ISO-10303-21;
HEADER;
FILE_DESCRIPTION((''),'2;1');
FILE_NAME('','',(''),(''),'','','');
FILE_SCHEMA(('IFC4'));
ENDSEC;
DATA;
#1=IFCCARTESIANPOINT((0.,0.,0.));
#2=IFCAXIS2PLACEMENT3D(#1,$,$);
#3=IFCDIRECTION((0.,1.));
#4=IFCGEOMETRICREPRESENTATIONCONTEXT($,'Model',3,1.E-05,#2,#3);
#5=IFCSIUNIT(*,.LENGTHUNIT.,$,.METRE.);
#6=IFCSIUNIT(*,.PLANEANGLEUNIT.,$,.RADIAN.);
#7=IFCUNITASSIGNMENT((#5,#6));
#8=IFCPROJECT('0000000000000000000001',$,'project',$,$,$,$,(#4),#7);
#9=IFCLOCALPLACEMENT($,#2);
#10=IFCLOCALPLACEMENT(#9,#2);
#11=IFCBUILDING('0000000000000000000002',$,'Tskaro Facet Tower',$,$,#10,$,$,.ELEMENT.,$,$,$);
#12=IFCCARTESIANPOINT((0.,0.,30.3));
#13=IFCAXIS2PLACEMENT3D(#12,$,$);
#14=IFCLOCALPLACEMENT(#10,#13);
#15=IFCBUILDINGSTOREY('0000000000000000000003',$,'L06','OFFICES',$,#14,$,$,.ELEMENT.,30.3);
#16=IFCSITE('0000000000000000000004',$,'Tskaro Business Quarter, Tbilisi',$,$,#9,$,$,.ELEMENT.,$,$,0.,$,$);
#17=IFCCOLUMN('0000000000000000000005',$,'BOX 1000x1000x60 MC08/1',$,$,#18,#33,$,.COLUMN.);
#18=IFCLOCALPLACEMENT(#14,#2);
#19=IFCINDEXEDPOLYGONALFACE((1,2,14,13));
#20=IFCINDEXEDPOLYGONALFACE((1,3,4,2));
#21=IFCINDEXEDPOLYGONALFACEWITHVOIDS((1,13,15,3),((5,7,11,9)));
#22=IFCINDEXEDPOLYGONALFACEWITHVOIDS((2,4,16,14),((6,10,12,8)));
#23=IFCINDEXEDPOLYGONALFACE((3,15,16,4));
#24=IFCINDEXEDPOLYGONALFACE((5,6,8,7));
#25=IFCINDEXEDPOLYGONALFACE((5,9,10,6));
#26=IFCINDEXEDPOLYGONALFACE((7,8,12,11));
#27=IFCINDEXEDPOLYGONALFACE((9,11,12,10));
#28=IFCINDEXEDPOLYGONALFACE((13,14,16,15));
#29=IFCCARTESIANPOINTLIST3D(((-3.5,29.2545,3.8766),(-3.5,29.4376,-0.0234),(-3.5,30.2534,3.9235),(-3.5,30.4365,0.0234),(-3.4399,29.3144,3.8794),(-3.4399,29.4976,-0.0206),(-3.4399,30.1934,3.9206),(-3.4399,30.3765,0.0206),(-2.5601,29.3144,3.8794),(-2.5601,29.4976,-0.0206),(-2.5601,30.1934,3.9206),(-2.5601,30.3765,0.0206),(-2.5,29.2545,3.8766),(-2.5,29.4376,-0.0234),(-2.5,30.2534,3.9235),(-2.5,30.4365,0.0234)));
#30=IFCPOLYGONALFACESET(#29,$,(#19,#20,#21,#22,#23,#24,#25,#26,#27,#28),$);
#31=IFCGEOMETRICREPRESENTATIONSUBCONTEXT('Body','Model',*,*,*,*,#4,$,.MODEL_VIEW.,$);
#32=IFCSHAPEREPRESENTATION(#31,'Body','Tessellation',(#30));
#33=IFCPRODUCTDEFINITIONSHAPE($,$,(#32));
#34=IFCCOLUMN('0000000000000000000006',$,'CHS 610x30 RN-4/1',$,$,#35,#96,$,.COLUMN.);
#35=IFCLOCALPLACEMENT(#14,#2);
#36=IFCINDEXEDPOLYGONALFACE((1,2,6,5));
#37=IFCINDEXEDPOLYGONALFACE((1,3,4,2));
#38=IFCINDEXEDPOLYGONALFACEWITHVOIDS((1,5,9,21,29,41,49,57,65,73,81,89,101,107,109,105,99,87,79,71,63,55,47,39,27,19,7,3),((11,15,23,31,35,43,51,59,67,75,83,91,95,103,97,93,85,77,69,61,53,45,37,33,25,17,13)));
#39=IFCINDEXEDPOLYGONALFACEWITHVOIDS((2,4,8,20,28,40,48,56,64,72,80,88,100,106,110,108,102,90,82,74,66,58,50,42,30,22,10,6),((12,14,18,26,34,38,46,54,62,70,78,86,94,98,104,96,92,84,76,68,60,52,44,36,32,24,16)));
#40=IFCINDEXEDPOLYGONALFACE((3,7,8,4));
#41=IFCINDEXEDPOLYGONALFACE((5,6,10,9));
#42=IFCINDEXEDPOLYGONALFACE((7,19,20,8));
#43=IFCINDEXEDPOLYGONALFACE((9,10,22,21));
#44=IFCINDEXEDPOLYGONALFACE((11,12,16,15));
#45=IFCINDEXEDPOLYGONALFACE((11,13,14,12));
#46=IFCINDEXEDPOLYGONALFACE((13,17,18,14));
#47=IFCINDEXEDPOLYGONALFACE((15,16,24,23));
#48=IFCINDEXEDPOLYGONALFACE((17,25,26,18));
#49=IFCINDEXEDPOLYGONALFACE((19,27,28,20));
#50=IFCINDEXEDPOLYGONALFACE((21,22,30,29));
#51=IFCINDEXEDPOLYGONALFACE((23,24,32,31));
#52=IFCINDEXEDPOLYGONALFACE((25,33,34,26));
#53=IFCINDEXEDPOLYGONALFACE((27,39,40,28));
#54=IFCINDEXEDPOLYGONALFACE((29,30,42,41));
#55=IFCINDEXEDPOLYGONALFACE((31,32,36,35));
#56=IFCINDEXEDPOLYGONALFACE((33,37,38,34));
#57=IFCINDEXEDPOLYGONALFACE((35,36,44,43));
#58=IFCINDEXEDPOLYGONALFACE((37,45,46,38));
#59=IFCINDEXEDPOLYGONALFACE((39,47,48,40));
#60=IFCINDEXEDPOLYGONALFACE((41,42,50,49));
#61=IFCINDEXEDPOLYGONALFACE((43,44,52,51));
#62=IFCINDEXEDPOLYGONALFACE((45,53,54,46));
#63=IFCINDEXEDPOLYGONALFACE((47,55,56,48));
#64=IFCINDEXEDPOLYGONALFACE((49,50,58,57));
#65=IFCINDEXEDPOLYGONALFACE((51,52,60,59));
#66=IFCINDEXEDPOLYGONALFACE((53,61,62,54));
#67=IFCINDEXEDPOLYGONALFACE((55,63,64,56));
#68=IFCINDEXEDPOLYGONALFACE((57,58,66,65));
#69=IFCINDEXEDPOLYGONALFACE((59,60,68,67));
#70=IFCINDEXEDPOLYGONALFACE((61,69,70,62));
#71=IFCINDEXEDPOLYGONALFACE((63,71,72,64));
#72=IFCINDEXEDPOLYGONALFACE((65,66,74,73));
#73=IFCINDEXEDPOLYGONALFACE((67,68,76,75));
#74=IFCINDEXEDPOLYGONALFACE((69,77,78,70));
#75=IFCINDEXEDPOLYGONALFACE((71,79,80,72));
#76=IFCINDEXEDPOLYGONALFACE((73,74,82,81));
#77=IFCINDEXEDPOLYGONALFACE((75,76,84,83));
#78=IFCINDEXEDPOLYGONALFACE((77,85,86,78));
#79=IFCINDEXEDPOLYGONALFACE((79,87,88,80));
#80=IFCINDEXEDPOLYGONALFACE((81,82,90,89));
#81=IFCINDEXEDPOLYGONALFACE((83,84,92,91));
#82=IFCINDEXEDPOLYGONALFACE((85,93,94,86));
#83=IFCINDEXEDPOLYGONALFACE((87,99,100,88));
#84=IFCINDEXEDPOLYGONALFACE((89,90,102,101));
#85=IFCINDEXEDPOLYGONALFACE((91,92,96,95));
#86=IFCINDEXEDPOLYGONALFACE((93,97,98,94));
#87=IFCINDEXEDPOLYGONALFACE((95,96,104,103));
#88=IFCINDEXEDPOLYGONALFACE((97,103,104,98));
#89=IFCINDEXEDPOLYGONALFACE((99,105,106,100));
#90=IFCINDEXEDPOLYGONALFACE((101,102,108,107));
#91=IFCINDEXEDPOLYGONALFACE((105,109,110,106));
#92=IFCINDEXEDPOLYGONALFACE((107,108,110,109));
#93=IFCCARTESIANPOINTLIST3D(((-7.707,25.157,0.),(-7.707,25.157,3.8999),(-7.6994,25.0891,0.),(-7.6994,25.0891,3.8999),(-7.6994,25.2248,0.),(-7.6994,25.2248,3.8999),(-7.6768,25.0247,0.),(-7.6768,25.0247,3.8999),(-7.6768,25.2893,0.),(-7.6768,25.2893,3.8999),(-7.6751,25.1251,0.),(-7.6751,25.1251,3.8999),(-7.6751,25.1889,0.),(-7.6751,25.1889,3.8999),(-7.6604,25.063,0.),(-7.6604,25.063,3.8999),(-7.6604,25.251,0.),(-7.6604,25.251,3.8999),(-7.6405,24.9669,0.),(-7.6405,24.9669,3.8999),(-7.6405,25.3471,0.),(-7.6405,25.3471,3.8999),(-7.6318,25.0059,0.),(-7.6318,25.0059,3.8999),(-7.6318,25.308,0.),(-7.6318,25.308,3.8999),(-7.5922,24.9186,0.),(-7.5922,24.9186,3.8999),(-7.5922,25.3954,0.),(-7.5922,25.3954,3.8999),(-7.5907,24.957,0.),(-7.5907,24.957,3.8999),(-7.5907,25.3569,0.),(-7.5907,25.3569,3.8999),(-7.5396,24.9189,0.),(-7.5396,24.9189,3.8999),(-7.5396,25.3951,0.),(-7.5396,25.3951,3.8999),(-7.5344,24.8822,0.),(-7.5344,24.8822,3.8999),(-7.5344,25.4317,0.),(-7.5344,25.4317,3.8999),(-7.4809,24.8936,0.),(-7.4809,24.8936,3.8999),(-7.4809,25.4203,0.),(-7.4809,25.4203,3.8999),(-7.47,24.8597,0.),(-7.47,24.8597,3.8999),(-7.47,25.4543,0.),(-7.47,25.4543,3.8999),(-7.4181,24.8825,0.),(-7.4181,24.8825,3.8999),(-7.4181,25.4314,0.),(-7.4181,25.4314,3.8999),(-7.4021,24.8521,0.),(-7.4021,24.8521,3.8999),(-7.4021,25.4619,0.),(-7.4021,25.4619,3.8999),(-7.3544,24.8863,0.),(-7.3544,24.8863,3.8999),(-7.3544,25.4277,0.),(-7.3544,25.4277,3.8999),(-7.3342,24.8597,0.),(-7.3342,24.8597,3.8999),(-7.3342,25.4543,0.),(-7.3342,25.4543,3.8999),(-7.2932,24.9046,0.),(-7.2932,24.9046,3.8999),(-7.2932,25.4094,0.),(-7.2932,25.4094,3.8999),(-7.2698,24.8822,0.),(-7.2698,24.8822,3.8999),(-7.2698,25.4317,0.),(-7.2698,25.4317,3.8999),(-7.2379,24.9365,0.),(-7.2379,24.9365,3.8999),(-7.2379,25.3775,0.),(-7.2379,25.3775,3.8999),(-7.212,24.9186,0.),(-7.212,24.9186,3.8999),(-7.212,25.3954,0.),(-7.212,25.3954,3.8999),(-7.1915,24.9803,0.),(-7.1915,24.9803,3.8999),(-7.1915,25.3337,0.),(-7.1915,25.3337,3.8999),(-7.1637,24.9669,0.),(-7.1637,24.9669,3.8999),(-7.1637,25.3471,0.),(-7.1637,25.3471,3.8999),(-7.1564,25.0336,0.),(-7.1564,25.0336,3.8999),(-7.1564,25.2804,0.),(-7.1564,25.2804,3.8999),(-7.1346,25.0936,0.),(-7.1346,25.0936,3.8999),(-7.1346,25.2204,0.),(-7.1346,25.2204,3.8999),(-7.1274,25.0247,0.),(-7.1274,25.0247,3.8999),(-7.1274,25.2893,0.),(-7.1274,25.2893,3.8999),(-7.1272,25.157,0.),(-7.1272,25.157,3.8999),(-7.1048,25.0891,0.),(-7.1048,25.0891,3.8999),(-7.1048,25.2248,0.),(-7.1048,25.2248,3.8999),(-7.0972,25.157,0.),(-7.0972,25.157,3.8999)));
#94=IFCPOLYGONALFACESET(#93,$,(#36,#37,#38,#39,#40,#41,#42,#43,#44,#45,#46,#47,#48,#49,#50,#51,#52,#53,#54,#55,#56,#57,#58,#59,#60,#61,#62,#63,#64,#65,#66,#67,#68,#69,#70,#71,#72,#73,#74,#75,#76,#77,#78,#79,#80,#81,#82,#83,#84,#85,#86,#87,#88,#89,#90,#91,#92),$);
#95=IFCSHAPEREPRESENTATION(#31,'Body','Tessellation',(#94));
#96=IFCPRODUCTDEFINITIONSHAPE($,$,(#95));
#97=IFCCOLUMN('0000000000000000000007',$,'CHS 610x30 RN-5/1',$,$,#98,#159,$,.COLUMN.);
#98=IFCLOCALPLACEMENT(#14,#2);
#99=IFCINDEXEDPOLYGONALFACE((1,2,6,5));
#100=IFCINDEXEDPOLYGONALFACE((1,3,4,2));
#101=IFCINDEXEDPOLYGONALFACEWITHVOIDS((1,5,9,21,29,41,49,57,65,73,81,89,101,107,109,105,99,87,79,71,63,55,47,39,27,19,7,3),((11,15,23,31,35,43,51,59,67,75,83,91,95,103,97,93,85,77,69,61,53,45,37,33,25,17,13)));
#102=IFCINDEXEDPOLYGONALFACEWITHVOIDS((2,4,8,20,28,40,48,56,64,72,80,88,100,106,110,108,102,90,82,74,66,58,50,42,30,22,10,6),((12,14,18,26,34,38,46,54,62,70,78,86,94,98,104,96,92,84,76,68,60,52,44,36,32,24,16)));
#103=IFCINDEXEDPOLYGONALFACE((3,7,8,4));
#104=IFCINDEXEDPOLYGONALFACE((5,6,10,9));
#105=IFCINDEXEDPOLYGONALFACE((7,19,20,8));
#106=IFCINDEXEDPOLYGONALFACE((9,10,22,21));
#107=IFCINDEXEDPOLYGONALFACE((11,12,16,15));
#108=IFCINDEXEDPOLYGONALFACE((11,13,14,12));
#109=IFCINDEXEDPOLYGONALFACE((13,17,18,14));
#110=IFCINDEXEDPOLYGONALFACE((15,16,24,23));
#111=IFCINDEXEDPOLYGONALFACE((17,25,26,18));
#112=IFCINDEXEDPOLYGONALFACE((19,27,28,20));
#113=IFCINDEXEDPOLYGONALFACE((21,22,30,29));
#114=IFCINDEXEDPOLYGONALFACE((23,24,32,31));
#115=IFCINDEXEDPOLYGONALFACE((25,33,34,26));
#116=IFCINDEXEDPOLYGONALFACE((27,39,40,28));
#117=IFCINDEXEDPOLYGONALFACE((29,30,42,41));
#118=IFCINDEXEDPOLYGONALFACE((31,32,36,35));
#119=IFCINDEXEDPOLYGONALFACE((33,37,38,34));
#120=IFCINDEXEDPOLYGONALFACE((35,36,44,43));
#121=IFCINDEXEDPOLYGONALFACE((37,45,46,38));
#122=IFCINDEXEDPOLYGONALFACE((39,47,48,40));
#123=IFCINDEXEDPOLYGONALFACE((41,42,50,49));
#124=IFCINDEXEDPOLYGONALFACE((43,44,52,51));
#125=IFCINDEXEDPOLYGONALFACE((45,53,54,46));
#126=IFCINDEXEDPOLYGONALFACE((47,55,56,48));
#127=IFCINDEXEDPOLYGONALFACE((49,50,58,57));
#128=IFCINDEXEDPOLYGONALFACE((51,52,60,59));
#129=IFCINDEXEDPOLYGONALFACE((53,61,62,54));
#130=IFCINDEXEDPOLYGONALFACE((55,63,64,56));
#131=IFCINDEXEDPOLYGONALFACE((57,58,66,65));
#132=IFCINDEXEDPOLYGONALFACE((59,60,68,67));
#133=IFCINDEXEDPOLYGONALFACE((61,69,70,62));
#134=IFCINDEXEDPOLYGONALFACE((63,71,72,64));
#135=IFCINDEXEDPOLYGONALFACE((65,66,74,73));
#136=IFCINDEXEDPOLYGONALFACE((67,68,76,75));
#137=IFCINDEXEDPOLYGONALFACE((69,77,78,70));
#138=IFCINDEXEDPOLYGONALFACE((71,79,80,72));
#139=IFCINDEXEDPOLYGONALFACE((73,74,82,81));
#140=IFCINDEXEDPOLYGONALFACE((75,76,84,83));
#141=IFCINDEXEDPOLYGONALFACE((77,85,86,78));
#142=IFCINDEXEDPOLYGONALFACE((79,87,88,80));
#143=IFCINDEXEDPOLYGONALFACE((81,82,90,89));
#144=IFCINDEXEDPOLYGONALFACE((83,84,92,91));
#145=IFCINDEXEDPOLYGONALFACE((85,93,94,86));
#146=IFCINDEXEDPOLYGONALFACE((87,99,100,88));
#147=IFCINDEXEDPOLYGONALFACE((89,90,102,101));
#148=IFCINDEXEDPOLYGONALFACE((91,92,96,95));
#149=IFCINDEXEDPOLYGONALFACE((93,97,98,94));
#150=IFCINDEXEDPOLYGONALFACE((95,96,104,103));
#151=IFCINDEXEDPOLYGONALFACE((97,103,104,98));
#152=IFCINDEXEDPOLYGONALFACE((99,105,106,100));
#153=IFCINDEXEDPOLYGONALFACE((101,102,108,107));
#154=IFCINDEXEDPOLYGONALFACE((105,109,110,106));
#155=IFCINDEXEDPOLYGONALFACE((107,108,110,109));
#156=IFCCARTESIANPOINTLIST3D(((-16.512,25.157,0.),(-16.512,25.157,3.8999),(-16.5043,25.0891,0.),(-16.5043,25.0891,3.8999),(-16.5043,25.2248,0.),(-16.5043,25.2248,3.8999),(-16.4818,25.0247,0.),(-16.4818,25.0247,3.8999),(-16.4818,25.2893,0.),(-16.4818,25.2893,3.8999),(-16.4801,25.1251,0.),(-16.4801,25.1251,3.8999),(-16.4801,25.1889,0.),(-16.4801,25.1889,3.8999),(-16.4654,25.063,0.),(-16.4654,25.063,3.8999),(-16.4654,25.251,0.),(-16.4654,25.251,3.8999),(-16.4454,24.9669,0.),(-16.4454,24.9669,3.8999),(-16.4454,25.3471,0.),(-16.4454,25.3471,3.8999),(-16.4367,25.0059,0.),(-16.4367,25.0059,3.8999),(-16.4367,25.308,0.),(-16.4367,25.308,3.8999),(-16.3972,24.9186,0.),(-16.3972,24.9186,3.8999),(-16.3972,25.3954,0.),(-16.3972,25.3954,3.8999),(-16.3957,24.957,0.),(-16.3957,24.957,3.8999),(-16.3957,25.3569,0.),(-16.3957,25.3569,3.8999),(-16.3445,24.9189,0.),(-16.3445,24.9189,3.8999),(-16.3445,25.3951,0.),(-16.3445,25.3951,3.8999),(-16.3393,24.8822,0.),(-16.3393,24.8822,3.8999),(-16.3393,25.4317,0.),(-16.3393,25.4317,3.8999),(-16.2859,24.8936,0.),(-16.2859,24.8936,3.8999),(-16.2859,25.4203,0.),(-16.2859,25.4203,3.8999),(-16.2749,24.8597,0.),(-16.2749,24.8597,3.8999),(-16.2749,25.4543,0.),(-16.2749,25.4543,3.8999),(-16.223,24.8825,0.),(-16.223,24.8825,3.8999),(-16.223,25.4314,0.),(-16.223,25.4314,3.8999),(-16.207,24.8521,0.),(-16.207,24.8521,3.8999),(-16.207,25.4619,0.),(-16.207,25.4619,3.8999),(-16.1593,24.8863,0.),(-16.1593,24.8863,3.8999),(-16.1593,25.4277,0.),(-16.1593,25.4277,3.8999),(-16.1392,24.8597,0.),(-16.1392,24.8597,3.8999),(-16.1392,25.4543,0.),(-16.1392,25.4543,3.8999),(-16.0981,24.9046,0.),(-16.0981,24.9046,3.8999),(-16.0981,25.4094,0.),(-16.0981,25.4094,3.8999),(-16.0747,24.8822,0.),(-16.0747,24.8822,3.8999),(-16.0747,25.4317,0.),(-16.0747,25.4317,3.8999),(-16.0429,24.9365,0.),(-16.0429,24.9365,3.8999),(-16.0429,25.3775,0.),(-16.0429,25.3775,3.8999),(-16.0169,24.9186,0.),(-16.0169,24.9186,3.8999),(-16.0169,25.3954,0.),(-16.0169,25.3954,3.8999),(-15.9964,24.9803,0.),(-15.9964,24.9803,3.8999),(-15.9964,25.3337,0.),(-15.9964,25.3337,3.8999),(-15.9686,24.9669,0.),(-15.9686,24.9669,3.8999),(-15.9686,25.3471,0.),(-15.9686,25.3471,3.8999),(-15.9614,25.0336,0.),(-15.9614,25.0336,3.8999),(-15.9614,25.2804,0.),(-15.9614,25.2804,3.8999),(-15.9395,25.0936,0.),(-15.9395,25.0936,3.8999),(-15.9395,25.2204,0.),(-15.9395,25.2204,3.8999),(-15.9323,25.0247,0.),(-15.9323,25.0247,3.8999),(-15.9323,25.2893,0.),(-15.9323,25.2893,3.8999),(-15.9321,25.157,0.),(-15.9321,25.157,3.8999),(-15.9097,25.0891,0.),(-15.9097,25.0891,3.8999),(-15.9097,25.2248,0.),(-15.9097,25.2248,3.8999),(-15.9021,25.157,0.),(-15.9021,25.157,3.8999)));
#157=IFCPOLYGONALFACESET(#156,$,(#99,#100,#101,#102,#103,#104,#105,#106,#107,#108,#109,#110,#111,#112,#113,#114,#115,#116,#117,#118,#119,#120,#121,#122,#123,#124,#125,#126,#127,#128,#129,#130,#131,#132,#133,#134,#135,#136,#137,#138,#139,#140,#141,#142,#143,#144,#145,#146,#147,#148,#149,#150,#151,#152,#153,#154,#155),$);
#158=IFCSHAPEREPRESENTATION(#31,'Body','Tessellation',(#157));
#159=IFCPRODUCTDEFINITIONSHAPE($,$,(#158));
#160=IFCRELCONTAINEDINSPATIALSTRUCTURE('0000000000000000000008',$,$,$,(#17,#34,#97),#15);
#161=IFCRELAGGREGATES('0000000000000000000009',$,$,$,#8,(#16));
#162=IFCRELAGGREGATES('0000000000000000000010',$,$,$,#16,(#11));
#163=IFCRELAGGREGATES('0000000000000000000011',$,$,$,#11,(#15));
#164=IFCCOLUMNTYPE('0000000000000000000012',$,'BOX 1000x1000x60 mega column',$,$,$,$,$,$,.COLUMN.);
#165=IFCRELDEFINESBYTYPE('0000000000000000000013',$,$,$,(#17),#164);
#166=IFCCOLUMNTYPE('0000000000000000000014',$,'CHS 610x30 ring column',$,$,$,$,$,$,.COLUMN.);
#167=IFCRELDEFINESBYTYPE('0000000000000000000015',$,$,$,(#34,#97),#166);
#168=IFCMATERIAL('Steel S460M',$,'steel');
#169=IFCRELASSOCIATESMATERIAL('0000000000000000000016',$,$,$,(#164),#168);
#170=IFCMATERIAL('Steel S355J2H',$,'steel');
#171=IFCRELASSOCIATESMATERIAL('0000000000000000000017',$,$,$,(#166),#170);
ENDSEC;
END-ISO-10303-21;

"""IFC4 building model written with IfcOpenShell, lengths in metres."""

from ifc_helpers import new_model, si_unit, direction, frame, origin, origin_2d, place, context, subcontext, project, spatial, hollow_rectangle, hollow_circle, extrude, material, material_profile, profile_set, type_object, element, save


model = new_model("IFC4")

# Units and contexts
model_context = context("Model", 3, precision=1e-05, world=origin(), true_north=direction((0.0, 1.0)))
body_context = subcontext(model_context, "Body", "Model", "MODEL_VIEW")
ifc_project = project(units=[si_unit("LENGTHUNIT", "METRE"), si_unit("PLANEANGLEUNIT", "RADIAN")], contexts=[model_context])

# Site, building, storey
site_placement = place(None, origin())
site = spatial("IfcSite", under=ifc_project, at=site_placement, Name="Tskaro Business Quarter, Tbilisi", CompositionType="ELEMENT", RefElevation=0.0)
building_placement = place(site_placement, origin())
building = spatial("IfcBuilding", under=site, at=building_placement, Name="Tskaro Facet Tower", CompositionType="ELEMENT")
storey_placement = place(building_placement, frame((0.0, 0.0, 30.3)))
storey = spatial("IfcBuildingStorey", under=building, at=storey_placement, Name="L06", Description="OFFICES", CompositionType="ELEMENT", Elevation=30.3)

# Columns
ifc_material_1 = material(Name="Steel S460M", Category="steel")
ifc_material_profile_1 = material_profile(ifc_material_1, hollow_rectangle(XDim=1.0, YDim=1.0, WallThickness=0.0601, at=origin_2d()), Name="BOX 1000x1000x60")
ifc_profile_set_1 = profile_set([ifc_material_profile_1], Name="Steel S460M")
column_type_1 = type_object("IfcColumnType", Name="BOX 1000x1000x60 mega column", PredefinedType="COLUMN", material=ifc_profile_set_1)
column_placement = place(storey_placement, frame((-3.0, 29.937, 0.0), z_axis=(0.0, -0.0469, 0.9989), x_axis=(1.0, 0.0, 0.0)))
element("IfcColumn", 1, at=column_placement, inside=storey, type_object=column_type_1, Name="BOX 1000x1000x60 MC08/1", PredefinedType="COLUMN", context=body_context, shape_type="SweptSolid", body=[
    extrude(hollow_rectangle(XDim=1.0, YDim=1.0, WallThickness=0.0601, at=origin_2d()), origin(), (0.0, 0.0, 1.0), 3.9043),
])
ifc_material_2 = material(Name="Steel S355J2H", Category="steel")
ifc_material_profile_2 = material_profile(ifc_material_2, hollow_circle(Radius=0.3049, WallThickness=0.03, at=origin_2d()), Name="CHS 610x30")
ifc_profile_set_2 = profile_set([ifc_material_profile_2], Name="Steel S355J2H")
column_type_2 = type_object("IfcColumnType", Name="CHS 610x30 ring column", PredefinedType="COLUMN", material=ifc_profile_set_2)
for number, where, z_axis, x_axis, name in (
    (2, (-7.4021, 25.157, 0.0), (0.0, 0.0, 1.0), (1.0, 0.0, 0.0), "CHS 610x30 RN-4/1"),
    (3, (-16.207, 25.157, 0.0), (0.0, 0.0, 1.0), (1.0, 0.0, 0.0), "CHS 610x30 RN-5/1"),
):
    element("IfcColumn", number, at=place(storey_placement, frame(where, z_axis=z_axis, x_axis=x_axis)), inside=storey, type_object=column_type_2, Name=name, PredefinedType="COLUMN", context=body_context, shape_type="SweptSolid", body=[
        extrude(hollow_circle(Radius=0.3049, WallThickness=0.03, at=origin_2d()), origin(), (0.0, 0.0, 1.0), 3.8999),
    ])

save(model, "model.ifc")
